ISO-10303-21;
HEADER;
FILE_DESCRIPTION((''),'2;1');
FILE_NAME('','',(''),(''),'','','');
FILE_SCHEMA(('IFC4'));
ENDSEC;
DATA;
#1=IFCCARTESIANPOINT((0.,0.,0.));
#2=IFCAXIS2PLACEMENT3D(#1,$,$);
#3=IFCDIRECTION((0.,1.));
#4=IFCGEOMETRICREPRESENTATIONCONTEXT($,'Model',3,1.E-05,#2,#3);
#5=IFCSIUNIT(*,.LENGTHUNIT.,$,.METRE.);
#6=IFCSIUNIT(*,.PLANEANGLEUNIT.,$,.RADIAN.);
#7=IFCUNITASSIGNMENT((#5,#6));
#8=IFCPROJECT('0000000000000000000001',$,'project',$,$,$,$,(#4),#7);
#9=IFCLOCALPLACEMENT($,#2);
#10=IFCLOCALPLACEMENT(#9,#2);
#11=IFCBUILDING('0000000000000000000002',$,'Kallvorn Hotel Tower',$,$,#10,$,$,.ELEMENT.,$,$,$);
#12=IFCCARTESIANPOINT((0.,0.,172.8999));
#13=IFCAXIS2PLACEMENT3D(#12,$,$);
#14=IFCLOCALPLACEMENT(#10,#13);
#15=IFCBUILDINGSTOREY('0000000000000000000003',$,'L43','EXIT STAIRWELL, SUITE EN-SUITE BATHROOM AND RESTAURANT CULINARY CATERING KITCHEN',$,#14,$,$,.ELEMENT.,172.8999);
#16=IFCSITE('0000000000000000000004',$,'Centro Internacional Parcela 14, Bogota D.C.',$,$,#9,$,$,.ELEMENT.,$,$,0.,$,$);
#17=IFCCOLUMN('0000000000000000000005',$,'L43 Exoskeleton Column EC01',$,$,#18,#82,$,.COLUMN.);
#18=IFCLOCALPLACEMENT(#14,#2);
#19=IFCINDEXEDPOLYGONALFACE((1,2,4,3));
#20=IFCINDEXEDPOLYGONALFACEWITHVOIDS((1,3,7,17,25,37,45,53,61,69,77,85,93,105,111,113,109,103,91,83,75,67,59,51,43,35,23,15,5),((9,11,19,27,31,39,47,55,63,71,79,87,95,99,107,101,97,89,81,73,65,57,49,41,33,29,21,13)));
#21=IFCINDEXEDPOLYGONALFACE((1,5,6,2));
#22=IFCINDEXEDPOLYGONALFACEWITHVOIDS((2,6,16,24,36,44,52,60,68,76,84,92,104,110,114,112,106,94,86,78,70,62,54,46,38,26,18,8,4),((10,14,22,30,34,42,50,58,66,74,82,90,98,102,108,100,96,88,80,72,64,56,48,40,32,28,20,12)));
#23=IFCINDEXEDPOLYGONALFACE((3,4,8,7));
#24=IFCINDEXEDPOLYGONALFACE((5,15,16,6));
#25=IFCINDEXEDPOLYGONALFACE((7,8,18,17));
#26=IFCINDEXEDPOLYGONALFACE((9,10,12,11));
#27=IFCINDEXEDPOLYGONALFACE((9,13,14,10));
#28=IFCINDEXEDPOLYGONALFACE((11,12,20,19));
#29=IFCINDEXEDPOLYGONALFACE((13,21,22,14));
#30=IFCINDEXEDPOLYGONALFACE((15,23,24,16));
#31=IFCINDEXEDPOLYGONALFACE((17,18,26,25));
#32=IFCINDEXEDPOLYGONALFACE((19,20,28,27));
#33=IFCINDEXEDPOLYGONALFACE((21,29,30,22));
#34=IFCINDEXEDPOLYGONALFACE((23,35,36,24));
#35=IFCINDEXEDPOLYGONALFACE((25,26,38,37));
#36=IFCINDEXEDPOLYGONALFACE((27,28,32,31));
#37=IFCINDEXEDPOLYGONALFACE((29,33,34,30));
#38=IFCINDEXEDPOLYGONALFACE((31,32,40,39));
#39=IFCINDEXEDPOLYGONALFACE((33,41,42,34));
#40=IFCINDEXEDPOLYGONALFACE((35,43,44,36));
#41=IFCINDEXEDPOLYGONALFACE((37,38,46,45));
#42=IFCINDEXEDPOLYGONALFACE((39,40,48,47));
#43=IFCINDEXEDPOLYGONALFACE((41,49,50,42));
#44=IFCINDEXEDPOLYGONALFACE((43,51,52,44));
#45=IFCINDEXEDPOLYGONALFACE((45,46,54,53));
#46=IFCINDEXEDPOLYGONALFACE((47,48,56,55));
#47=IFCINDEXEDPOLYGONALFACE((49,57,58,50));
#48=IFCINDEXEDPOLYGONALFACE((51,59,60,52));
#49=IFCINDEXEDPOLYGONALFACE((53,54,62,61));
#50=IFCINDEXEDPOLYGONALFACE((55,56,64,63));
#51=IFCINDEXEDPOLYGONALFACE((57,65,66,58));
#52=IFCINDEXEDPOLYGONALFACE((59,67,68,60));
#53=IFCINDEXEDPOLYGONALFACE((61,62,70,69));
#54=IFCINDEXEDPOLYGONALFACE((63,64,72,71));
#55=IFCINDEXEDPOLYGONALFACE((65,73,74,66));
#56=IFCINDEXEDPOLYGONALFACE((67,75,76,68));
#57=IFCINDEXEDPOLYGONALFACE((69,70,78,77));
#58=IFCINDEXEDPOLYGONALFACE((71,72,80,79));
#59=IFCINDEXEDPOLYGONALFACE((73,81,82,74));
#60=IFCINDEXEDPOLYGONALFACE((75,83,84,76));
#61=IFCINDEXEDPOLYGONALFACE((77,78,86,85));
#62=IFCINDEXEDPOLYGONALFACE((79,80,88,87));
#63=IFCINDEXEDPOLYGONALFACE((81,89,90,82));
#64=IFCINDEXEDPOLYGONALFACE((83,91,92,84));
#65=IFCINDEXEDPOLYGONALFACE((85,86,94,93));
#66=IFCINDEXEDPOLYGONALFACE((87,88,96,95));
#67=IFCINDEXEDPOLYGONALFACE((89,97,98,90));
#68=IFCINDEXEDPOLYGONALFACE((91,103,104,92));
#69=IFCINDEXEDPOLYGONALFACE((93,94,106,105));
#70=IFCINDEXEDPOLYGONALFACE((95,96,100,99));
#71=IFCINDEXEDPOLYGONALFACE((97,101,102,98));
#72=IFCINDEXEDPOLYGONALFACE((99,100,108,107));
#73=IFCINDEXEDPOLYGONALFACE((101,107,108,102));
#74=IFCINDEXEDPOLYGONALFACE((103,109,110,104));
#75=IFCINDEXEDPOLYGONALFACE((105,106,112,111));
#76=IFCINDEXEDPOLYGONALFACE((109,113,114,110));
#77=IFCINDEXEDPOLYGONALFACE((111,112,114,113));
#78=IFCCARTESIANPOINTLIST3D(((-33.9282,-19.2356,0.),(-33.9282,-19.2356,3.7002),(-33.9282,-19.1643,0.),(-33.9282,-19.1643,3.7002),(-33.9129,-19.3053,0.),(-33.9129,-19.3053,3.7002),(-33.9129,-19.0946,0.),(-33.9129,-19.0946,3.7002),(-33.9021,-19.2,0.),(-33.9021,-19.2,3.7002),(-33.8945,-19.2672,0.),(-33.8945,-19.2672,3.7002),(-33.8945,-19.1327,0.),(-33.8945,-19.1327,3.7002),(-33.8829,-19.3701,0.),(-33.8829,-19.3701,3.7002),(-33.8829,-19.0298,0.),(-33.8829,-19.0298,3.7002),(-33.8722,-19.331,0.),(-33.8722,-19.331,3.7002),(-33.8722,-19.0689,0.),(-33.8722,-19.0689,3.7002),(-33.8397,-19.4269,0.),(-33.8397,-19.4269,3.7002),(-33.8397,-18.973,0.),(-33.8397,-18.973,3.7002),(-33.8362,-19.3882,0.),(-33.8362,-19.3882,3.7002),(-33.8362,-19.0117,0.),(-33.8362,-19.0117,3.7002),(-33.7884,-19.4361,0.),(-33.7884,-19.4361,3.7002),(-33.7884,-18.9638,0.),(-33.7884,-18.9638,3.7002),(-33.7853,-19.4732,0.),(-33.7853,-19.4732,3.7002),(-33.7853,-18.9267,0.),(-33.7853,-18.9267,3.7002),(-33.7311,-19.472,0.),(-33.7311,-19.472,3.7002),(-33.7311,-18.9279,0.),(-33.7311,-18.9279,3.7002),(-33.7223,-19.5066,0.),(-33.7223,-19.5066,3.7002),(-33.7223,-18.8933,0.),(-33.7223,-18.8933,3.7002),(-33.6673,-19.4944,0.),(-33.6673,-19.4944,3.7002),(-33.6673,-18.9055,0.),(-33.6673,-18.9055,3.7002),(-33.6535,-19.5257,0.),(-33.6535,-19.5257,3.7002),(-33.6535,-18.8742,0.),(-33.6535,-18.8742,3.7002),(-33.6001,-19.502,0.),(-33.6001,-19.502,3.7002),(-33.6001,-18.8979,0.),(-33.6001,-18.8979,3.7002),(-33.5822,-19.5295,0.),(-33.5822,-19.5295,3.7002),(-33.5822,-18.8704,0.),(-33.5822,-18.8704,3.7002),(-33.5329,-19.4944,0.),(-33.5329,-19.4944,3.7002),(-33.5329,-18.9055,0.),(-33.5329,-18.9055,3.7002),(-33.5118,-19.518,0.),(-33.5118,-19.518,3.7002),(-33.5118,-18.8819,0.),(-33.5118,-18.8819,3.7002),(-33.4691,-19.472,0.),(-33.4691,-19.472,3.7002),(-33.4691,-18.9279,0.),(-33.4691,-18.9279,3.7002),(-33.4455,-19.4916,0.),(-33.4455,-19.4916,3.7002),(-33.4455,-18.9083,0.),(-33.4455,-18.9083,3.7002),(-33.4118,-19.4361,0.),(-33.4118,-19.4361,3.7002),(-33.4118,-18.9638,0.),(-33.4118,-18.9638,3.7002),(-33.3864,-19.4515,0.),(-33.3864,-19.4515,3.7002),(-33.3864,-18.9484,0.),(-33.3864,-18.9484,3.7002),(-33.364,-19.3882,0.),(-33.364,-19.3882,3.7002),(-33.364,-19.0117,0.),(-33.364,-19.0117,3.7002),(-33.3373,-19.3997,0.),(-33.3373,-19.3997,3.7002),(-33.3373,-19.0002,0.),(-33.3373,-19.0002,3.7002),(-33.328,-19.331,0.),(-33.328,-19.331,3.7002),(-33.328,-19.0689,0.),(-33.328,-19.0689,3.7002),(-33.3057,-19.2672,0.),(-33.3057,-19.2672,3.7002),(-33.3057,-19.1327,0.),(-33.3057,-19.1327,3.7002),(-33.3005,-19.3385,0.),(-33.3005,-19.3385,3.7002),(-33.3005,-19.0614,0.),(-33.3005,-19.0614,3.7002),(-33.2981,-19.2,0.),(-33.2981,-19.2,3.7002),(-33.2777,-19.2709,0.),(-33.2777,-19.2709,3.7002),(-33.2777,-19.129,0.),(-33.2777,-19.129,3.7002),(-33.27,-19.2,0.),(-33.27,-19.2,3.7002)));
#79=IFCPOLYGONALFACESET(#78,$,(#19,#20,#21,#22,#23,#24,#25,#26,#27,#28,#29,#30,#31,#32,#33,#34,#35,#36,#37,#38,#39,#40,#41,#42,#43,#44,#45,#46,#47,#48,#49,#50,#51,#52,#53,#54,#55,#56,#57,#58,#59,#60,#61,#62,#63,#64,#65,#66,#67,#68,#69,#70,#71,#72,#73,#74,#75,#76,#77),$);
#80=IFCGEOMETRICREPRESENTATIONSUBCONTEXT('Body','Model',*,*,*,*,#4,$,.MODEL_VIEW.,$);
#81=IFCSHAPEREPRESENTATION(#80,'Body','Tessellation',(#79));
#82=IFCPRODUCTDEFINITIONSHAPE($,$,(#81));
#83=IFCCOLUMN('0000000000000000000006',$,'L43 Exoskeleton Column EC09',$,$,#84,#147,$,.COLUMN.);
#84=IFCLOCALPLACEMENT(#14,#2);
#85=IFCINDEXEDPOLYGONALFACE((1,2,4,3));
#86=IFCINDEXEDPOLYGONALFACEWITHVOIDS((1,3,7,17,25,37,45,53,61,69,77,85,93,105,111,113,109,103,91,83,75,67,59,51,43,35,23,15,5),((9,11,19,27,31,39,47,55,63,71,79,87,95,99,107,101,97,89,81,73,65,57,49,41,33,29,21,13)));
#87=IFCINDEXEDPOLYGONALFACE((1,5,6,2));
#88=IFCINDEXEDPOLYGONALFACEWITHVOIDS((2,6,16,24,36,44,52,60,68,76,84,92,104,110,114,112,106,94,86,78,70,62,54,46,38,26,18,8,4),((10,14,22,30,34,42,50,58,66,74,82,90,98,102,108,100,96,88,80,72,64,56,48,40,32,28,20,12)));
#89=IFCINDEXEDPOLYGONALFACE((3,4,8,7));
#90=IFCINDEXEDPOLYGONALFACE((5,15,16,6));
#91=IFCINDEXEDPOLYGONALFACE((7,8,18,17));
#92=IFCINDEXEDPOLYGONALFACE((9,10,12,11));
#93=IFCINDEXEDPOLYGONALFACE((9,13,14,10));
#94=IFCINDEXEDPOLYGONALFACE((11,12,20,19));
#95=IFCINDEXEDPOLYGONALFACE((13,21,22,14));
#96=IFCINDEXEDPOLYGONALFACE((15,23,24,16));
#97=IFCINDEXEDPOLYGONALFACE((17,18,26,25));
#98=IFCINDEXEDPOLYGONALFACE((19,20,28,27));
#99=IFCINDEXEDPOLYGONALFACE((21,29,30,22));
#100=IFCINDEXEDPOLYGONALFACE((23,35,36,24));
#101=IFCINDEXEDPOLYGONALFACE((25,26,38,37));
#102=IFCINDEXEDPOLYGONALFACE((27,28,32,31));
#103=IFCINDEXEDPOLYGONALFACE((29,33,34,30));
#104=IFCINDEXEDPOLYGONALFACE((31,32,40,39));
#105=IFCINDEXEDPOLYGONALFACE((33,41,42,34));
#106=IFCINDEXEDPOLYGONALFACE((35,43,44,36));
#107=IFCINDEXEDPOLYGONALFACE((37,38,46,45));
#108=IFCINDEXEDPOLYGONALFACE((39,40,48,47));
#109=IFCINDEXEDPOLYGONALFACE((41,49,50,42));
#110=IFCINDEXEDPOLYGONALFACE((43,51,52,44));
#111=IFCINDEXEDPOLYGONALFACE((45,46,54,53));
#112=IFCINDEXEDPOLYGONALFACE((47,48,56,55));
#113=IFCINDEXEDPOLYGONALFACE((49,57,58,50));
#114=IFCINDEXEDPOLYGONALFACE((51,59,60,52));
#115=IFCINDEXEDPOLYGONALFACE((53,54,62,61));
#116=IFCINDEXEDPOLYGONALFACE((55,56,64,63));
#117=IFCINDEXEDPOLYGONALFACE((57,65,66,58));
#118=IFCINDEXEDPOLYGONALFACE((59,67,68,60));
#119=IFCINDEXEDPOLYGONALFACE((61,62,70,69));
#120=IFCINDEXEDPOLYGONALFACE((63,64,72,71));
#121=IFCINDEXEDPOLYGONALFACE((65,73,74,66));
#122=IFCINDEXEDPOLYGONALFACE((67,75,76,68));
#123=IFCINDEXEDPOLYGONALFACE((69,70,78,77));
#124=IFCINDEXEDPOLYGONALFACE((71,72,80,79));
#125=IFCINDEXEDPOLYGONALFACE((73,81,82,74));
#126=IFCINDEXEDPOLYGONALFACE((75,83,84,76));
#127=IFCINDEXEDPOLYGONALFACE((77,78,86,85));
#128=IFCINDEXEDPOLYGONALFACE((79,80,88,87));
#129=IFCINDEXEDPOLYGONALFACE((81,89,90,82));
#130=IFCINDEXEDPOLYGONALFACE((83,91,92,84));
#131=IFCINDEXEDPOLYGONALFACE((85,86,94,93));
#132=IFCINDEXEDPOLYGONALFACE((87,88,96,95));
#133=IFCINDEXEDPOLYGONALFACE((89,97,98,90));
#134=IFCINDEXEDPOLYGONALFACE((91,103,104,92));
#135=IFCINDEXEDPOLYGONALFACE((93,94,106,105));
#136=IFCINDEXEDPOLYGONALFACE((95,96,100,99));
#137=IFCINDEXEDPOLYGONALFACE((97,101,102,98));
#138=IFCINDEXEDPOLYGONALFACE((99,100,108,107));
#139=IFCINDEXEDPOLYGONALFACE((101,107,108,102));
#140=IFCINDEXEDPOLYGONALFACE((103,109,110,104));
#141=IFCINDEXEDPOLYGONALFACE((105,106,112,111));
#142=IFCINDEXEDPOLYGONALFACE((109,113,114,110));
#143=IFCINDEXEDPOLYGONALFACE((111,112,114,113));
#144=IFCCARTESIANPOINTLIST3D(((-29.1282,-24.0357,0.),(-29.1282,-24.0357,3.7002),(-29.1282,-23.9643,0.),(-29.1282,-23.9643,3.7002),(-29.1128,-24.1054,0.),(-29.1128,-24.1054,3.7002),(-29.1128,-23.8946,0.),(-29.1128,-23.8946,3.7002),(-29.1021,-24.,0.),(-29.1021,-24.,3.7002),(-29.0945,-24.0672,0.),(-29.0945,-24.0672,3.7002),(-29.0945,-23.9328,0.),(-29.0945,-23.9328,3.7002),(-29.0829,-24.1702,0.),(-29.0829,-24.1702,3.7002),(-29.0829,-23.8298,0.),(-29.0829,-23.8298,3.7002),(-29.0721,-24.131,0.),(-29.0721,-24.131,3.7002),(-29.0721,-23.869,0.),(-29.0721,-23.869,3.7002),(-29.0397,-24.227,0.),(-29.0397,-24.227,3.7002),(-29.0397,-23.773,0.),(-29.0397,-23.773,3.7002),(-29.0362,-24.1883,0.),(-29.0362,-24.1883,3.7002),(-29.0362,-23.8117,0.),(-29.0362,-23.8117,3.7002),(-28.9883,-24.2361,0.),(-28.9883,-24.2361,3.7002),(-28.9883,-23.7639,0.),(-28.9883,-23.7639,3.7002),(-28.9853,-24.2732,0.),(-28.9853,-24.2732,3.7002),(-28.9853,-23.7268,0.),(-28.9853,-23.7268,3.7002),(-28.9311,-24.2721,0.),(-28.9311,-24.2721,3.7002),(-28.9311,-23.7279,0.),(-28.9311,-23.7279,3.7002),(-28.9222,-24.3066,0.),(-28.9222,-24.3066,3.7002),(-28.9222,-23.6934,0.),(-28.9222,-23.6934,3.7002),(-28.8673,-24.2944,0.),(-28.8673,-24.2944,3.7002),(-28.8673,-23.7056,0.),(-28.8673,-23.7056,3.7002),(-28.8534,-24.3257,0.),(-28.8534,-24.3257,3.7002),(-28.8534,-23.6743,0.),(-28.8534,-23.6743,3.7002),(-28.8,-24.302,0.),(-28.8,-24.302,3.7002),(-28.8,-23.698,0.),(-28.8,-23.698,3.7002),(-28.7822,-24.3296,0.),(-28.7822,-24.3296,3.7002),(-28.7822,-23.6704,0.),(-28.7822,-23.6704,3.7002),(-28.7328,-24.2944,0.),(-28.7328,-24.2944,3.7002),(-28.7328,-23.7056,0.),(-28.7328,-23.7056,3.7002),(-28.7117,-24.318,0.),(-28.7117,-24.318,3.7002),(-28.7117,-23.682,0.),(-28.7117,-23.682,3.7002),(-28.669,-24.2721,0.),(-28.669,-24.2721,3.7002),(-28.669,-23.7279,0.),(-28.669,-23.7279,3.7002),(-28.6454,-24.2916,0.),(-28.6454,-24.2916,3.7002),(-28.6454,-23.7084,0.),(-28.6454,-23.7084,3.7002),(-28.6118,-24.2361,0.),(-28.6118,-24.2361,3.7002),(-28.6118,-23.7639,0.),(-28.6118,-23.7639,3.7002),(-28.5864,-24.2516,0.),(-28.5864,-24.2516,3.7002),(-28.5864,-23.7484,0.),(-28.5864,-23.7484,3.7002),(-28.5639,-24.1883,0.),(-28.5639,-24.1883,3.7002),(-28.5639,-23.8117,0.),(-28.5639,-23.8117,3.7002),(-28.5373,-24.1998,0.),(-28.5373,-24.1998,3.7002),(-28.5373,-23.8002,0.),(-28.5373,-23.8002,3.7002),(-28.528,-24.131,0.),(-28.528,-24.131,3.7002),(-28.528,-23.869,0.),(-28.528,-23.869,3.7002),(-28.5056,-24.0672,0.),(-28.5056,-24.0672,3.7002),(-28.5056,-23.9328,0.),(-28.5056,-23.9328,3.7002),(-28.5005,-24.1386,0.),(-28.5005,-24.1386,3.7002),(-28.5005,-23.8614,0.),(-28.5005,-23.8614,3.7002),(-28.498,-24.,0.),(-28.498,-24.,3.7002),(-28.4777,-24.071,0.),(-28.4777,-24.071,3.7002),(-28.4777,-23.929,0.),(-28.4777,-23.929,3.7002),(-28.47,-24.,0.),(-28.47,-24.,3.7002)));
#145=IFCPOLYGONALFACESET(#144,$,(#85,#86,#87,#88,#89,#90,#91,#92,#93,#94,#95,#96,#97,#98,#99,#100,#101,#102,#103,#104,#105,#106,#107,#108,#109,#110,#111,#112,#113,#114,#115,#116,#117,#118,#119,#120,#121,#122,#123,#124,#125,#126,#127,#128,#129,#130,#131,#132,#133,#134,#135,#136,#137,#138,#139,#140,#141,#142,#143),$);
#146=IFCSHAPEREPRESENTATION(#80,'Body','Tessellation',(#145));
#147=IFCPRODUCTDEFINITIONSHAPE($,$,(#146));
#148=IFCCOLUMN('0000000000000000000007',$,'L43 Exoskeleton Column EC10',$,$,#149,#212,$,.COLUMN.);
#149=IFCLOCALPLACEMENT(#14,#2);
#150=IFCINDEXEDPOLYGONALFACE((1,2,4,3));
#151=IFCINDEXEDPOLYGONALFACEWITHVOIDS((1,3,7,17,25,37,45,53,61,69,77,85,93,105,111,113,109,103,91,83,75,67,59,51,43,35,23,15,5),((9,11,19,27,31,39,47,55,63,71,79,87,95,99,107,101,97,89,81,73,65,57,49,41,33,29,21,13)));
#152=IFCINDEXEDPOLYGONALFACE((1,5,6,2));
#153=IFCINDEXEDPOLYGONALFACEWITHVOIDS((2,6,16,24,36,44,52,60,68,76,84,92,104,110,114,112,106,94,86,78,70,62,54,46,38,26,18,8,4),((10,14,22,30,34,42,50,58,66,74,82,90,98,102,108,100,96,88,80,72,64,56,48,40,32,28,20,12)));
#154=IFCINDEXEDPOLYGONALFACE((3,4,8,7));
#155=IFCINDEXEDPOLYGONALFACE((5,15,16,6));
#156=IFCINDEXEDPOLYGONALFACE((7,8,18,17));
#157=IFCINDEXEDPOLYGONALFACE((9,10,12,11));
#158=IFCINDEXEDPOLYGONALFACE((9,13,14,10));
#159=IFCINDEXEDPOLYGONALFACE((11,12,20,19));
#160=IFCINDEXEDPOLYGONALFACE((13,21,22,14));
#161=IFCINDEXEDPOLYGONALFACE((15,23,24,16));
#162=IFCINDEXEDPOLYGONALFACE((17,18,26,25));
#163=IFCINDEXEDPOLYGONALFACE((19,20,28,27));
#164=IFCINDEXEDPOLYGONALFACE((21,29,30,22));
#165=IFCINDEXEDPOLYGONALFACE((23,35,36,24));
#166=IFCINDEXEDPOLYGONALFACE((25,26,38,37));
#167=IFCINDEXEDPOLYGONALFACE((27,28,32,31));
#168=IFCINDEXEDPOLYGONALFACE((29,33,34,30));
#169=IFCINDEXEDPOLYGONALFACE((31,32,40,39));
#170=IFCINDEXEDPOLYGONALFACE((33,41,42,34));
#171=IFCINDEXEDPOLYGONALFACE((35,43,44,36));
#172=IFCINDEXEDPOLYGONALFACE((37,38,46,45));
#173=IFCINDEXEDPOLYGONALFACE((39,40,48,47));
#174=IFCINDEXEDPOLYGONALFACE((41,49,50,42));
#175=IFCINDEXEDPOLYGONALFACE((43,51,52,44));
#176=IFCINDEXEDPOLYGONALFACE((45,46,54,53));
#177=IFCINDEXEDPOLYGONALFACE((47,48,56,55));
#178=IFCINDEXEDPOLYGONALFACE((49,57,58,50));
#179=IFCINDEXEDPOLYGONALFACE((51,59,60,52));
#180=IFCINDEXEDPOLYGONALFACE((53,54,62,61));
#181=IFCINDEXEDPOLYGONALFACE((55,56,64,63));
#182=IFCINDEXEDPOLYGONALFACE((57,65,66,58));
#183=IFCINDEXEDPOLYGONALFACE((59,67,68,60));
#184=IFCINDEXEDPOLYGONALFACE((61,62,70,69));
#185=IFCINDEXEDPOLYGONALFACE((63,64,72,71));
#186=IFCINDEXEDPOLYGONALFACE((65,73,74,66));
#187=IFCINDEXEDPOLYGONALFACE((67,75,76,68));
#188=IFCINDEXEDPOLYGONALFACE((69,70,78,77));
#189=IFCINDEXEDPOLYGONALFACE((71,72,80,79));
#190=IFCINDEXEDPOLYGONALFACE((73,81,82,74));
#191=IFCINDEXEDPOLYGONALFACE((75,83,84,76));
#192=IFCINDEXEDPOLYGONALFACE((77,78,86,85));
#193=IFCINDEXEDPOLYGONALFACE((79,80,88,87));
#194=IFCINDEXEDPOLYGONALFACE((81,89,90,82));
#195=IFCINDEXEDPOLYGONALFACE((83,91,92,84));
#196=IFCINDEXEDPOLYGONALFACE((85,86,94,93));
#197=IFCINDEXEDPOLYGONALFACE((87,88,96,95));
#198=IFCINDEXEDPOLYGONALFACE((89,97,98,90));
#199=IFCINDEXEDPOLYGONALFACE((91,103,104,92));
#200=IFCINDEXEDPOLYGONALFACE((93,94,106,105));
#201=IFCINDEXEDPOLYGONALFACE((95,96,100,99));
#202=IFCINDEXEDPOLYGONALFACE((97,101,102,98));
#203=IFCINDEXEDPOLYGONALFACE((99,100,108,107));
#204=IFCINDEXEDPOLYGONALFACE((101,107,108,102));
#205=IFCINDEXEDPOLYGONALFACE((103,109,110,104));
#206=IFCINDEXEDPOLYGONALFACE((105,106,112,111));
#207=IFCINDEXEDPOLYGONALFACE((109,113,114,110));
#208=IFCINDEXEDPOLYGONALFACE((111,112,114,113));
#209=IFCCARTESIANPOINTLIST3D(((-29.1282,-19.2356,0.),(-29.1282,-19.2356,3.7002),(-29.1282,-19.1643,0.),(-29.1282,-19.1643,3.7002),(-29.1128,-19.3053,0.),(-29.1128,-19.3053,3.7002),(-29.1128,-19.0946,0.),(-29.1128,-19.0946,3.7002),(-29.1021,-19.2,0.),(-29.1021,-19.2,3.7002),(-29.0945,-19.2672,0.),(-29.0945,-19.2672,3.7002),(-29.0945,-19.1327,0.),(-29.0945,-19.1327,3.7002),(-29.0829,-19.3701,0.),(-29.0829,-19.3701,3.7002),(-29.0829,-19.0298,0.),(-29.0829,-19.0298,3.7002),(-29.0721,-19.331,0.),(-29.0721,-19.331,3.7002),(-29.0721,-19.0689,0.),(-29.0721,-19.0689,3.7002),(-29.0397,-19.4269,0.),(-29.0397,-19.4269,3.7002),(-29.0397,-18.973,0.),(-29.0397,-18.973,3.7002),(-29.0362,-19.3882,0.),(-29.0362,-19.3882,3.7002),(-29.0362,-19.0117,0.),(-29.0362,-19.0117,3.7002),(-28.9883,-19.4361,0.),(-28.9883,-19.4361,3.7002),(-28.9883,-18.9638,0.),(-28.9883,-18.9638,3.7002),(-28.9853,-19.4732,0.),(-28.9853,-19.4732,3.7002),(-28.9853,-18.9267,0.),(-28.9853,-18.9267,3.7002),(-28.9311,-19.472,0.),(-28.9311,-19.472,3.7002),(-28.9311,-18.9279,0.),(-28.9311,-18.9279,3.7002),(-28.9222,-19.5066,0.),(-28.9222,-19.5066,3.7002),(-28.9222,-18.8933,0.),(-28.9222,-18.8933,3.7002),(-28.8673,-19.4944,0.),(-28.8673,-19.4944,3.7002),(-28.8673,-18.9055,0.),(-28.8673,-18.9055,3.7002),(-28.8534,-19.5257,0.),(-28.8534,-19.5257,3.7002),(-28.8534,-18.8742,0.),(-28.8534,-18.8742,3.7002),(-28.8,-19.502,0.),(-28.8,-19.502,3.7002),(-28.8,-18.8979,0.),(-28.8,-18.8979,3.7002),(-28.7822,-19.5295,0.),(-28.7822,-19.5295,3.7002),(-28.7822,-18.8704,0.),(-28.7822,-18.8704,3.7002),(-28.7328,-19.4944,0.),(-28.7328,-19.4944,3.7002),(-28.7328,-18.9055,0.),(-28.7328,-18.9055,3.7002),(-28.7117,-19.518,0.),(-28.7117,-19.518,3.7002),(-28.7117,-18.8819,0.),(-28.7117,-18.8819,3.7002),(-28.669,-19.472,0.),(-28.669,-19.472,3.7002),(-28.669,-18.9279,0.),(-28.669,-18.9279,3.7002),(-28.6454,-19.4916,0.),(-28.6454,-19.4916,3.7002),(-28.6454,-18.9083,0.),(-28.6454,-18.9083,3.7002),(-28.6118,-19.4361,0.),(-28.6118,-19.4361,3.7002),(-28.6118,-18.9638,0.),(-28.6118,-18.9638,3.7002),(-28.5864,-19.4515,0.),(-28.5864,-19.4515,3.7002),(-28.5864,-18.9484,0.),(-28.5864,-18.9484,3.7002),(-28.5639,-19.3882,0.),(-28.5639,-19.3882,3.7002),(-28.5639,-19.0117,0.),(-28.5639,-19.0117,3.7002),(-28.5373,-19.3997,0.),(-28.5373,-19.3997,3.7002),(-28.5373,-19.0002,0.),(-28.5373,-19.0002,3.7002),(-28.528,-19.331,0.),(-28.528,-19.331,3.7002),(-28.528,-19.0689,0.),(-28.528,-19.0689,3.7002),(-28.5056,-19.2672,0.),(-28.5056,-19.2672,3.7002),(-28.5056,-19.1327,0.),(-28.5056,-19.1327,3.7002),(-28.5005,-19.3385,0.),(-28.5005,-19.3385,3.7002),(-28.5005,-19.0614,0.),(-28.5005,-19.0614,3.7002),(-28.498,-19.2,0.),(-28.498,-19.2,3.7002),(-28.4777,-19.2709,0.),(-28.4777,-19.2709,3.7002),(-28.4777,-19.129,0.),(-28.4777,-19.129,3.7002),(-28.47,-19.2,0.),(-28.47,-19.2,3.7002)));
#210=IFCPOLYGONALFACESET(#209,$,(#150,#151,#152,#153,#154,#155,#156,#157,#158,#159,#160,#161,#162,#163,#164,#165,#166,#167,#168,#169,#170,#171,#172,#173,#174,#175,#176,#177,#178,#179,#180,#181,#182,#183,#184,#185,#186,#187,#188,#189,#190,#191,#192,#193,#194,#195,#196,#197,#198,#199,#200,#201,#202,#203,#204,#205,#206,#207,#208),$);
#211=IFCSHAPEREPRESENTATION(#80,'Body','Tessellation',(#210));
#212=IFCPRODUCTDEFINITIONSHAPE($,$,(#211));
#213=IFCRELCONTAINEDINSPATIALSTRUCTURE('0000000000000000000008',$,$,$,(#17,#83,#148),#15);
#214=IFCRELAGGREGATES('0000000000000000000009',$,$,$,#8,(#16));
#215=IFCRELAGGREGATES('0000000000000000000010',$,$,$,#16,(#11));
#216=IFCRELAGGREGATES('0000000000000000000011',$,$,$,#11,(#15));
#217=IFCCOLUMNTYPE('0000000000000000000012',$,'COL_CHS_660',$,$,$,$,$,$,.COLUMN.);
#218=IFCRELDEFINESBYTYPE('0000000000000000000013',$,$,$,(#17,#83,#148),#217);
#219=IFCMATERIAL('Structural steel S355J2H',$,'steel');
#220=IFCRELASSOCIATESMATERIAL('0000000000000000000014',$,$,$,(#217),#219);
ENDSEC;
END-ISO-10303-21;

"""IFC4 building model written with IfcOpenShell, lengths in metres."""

from ifc_helpers import new_model, si_unit, direction, frame, origin, origin_2d, place, context, subcontext, project, spatial, hollow_circle, extrude, material, material_profile, profile_set, type_object, element, save


model = new_model("IFC4")

# Units and contexts
model_context = context("Model", 3, precision=1e-05, world=origin(), true_north=direction((0.0, 1.0)))
body_context = subcontext(model_context, "Body", "Model", "MODEL_VIEW")
ifc_project = project(units=[si_unit("LENGTHUNIT", "METRE"), si_unit("PLANEANGLEUNIT", "RADIAN")], contexts=[model_context])

# Site, building, storey
site_placement = place(None, origin())
site = spatial("IfcSite", under=ifc_project, at=site_placement, Name="Centro Internacional Parcela 14, Bogota D.C.", CompositionType="ELEMENT", RefElevation=0.0)
building_placement = place(site_placement, origin())
building = spatial("IfcBuilding", under=site, at=building_placement, Name="Kallvorn Hotel Tower", CompositionType="ELEMENT")
storey_placement = place(building_placement, frame((0.0, 0.0, 172.8999)))
storey = spatial("IfcBuildingStorey", under=building, at=storey_placement, Name="L43", Description="EXIT STAIRWELL, SUITE EN-SUITE BATHROOM AND RESTAURANT CULINARY CATERING KITCHEN", CompositionType="ELEMENT", Elevation=172.8999)

# Columns
ifc_material_1 = material(Name="Structural steel S355J2H", Category="steel")
ifc_material_profile_1 = material_profile(ifc_material_1, hollow_circle(Radius=0.3301, WallThickness=0.0281, at=origin_2d()), Name="CHS 660x28")
ifc_profile_set_1 = profile_set([ifc_material_profile_1], Name="Structural steel S355J2H")
column_type = type_object("IfcColumnType", Name="COL_CHS_660", PredefinedType="COLUMN", material=ifc_profile_set_1)
for number, where, z_axis, x_axis, name in (
    (1, (-33.6001, -19.2, 0.0), (0.0, 0.0, 1.0), (1.0, 0.0, 0.0), "L43 Exoskeleton Column EC01"),
    (2, (-28.8, -24.0, 0.0), (0.0, 0.0, 1.0), (1.0, 0.0, 0.0), "L43 Exoskeleton Column EC09"),
    (3, (-28.8, -19.2, 0.0), (0.0, 0.0, 1.0), (1.0, 0.0, 0.0), "L43 Exoskeleton Column EC10"),
):
    element("IfcColumn", number, at=place(storey_placement, frame(where, z_axis=z_axis, x_axis=x_axis)), inside=storey, type_object=column_type, Name=name, PredefinedType="COLUMN", context=body_context, shape_type="SweptSolid", body=[
        extrude(hollow_circle(Radius=0.3301, WallThickness=0.0281, at=origin_2d()), origin(), (0.0, 0.0, 1.0), 3.7002),
    ])

save(model, "model.ifc")
